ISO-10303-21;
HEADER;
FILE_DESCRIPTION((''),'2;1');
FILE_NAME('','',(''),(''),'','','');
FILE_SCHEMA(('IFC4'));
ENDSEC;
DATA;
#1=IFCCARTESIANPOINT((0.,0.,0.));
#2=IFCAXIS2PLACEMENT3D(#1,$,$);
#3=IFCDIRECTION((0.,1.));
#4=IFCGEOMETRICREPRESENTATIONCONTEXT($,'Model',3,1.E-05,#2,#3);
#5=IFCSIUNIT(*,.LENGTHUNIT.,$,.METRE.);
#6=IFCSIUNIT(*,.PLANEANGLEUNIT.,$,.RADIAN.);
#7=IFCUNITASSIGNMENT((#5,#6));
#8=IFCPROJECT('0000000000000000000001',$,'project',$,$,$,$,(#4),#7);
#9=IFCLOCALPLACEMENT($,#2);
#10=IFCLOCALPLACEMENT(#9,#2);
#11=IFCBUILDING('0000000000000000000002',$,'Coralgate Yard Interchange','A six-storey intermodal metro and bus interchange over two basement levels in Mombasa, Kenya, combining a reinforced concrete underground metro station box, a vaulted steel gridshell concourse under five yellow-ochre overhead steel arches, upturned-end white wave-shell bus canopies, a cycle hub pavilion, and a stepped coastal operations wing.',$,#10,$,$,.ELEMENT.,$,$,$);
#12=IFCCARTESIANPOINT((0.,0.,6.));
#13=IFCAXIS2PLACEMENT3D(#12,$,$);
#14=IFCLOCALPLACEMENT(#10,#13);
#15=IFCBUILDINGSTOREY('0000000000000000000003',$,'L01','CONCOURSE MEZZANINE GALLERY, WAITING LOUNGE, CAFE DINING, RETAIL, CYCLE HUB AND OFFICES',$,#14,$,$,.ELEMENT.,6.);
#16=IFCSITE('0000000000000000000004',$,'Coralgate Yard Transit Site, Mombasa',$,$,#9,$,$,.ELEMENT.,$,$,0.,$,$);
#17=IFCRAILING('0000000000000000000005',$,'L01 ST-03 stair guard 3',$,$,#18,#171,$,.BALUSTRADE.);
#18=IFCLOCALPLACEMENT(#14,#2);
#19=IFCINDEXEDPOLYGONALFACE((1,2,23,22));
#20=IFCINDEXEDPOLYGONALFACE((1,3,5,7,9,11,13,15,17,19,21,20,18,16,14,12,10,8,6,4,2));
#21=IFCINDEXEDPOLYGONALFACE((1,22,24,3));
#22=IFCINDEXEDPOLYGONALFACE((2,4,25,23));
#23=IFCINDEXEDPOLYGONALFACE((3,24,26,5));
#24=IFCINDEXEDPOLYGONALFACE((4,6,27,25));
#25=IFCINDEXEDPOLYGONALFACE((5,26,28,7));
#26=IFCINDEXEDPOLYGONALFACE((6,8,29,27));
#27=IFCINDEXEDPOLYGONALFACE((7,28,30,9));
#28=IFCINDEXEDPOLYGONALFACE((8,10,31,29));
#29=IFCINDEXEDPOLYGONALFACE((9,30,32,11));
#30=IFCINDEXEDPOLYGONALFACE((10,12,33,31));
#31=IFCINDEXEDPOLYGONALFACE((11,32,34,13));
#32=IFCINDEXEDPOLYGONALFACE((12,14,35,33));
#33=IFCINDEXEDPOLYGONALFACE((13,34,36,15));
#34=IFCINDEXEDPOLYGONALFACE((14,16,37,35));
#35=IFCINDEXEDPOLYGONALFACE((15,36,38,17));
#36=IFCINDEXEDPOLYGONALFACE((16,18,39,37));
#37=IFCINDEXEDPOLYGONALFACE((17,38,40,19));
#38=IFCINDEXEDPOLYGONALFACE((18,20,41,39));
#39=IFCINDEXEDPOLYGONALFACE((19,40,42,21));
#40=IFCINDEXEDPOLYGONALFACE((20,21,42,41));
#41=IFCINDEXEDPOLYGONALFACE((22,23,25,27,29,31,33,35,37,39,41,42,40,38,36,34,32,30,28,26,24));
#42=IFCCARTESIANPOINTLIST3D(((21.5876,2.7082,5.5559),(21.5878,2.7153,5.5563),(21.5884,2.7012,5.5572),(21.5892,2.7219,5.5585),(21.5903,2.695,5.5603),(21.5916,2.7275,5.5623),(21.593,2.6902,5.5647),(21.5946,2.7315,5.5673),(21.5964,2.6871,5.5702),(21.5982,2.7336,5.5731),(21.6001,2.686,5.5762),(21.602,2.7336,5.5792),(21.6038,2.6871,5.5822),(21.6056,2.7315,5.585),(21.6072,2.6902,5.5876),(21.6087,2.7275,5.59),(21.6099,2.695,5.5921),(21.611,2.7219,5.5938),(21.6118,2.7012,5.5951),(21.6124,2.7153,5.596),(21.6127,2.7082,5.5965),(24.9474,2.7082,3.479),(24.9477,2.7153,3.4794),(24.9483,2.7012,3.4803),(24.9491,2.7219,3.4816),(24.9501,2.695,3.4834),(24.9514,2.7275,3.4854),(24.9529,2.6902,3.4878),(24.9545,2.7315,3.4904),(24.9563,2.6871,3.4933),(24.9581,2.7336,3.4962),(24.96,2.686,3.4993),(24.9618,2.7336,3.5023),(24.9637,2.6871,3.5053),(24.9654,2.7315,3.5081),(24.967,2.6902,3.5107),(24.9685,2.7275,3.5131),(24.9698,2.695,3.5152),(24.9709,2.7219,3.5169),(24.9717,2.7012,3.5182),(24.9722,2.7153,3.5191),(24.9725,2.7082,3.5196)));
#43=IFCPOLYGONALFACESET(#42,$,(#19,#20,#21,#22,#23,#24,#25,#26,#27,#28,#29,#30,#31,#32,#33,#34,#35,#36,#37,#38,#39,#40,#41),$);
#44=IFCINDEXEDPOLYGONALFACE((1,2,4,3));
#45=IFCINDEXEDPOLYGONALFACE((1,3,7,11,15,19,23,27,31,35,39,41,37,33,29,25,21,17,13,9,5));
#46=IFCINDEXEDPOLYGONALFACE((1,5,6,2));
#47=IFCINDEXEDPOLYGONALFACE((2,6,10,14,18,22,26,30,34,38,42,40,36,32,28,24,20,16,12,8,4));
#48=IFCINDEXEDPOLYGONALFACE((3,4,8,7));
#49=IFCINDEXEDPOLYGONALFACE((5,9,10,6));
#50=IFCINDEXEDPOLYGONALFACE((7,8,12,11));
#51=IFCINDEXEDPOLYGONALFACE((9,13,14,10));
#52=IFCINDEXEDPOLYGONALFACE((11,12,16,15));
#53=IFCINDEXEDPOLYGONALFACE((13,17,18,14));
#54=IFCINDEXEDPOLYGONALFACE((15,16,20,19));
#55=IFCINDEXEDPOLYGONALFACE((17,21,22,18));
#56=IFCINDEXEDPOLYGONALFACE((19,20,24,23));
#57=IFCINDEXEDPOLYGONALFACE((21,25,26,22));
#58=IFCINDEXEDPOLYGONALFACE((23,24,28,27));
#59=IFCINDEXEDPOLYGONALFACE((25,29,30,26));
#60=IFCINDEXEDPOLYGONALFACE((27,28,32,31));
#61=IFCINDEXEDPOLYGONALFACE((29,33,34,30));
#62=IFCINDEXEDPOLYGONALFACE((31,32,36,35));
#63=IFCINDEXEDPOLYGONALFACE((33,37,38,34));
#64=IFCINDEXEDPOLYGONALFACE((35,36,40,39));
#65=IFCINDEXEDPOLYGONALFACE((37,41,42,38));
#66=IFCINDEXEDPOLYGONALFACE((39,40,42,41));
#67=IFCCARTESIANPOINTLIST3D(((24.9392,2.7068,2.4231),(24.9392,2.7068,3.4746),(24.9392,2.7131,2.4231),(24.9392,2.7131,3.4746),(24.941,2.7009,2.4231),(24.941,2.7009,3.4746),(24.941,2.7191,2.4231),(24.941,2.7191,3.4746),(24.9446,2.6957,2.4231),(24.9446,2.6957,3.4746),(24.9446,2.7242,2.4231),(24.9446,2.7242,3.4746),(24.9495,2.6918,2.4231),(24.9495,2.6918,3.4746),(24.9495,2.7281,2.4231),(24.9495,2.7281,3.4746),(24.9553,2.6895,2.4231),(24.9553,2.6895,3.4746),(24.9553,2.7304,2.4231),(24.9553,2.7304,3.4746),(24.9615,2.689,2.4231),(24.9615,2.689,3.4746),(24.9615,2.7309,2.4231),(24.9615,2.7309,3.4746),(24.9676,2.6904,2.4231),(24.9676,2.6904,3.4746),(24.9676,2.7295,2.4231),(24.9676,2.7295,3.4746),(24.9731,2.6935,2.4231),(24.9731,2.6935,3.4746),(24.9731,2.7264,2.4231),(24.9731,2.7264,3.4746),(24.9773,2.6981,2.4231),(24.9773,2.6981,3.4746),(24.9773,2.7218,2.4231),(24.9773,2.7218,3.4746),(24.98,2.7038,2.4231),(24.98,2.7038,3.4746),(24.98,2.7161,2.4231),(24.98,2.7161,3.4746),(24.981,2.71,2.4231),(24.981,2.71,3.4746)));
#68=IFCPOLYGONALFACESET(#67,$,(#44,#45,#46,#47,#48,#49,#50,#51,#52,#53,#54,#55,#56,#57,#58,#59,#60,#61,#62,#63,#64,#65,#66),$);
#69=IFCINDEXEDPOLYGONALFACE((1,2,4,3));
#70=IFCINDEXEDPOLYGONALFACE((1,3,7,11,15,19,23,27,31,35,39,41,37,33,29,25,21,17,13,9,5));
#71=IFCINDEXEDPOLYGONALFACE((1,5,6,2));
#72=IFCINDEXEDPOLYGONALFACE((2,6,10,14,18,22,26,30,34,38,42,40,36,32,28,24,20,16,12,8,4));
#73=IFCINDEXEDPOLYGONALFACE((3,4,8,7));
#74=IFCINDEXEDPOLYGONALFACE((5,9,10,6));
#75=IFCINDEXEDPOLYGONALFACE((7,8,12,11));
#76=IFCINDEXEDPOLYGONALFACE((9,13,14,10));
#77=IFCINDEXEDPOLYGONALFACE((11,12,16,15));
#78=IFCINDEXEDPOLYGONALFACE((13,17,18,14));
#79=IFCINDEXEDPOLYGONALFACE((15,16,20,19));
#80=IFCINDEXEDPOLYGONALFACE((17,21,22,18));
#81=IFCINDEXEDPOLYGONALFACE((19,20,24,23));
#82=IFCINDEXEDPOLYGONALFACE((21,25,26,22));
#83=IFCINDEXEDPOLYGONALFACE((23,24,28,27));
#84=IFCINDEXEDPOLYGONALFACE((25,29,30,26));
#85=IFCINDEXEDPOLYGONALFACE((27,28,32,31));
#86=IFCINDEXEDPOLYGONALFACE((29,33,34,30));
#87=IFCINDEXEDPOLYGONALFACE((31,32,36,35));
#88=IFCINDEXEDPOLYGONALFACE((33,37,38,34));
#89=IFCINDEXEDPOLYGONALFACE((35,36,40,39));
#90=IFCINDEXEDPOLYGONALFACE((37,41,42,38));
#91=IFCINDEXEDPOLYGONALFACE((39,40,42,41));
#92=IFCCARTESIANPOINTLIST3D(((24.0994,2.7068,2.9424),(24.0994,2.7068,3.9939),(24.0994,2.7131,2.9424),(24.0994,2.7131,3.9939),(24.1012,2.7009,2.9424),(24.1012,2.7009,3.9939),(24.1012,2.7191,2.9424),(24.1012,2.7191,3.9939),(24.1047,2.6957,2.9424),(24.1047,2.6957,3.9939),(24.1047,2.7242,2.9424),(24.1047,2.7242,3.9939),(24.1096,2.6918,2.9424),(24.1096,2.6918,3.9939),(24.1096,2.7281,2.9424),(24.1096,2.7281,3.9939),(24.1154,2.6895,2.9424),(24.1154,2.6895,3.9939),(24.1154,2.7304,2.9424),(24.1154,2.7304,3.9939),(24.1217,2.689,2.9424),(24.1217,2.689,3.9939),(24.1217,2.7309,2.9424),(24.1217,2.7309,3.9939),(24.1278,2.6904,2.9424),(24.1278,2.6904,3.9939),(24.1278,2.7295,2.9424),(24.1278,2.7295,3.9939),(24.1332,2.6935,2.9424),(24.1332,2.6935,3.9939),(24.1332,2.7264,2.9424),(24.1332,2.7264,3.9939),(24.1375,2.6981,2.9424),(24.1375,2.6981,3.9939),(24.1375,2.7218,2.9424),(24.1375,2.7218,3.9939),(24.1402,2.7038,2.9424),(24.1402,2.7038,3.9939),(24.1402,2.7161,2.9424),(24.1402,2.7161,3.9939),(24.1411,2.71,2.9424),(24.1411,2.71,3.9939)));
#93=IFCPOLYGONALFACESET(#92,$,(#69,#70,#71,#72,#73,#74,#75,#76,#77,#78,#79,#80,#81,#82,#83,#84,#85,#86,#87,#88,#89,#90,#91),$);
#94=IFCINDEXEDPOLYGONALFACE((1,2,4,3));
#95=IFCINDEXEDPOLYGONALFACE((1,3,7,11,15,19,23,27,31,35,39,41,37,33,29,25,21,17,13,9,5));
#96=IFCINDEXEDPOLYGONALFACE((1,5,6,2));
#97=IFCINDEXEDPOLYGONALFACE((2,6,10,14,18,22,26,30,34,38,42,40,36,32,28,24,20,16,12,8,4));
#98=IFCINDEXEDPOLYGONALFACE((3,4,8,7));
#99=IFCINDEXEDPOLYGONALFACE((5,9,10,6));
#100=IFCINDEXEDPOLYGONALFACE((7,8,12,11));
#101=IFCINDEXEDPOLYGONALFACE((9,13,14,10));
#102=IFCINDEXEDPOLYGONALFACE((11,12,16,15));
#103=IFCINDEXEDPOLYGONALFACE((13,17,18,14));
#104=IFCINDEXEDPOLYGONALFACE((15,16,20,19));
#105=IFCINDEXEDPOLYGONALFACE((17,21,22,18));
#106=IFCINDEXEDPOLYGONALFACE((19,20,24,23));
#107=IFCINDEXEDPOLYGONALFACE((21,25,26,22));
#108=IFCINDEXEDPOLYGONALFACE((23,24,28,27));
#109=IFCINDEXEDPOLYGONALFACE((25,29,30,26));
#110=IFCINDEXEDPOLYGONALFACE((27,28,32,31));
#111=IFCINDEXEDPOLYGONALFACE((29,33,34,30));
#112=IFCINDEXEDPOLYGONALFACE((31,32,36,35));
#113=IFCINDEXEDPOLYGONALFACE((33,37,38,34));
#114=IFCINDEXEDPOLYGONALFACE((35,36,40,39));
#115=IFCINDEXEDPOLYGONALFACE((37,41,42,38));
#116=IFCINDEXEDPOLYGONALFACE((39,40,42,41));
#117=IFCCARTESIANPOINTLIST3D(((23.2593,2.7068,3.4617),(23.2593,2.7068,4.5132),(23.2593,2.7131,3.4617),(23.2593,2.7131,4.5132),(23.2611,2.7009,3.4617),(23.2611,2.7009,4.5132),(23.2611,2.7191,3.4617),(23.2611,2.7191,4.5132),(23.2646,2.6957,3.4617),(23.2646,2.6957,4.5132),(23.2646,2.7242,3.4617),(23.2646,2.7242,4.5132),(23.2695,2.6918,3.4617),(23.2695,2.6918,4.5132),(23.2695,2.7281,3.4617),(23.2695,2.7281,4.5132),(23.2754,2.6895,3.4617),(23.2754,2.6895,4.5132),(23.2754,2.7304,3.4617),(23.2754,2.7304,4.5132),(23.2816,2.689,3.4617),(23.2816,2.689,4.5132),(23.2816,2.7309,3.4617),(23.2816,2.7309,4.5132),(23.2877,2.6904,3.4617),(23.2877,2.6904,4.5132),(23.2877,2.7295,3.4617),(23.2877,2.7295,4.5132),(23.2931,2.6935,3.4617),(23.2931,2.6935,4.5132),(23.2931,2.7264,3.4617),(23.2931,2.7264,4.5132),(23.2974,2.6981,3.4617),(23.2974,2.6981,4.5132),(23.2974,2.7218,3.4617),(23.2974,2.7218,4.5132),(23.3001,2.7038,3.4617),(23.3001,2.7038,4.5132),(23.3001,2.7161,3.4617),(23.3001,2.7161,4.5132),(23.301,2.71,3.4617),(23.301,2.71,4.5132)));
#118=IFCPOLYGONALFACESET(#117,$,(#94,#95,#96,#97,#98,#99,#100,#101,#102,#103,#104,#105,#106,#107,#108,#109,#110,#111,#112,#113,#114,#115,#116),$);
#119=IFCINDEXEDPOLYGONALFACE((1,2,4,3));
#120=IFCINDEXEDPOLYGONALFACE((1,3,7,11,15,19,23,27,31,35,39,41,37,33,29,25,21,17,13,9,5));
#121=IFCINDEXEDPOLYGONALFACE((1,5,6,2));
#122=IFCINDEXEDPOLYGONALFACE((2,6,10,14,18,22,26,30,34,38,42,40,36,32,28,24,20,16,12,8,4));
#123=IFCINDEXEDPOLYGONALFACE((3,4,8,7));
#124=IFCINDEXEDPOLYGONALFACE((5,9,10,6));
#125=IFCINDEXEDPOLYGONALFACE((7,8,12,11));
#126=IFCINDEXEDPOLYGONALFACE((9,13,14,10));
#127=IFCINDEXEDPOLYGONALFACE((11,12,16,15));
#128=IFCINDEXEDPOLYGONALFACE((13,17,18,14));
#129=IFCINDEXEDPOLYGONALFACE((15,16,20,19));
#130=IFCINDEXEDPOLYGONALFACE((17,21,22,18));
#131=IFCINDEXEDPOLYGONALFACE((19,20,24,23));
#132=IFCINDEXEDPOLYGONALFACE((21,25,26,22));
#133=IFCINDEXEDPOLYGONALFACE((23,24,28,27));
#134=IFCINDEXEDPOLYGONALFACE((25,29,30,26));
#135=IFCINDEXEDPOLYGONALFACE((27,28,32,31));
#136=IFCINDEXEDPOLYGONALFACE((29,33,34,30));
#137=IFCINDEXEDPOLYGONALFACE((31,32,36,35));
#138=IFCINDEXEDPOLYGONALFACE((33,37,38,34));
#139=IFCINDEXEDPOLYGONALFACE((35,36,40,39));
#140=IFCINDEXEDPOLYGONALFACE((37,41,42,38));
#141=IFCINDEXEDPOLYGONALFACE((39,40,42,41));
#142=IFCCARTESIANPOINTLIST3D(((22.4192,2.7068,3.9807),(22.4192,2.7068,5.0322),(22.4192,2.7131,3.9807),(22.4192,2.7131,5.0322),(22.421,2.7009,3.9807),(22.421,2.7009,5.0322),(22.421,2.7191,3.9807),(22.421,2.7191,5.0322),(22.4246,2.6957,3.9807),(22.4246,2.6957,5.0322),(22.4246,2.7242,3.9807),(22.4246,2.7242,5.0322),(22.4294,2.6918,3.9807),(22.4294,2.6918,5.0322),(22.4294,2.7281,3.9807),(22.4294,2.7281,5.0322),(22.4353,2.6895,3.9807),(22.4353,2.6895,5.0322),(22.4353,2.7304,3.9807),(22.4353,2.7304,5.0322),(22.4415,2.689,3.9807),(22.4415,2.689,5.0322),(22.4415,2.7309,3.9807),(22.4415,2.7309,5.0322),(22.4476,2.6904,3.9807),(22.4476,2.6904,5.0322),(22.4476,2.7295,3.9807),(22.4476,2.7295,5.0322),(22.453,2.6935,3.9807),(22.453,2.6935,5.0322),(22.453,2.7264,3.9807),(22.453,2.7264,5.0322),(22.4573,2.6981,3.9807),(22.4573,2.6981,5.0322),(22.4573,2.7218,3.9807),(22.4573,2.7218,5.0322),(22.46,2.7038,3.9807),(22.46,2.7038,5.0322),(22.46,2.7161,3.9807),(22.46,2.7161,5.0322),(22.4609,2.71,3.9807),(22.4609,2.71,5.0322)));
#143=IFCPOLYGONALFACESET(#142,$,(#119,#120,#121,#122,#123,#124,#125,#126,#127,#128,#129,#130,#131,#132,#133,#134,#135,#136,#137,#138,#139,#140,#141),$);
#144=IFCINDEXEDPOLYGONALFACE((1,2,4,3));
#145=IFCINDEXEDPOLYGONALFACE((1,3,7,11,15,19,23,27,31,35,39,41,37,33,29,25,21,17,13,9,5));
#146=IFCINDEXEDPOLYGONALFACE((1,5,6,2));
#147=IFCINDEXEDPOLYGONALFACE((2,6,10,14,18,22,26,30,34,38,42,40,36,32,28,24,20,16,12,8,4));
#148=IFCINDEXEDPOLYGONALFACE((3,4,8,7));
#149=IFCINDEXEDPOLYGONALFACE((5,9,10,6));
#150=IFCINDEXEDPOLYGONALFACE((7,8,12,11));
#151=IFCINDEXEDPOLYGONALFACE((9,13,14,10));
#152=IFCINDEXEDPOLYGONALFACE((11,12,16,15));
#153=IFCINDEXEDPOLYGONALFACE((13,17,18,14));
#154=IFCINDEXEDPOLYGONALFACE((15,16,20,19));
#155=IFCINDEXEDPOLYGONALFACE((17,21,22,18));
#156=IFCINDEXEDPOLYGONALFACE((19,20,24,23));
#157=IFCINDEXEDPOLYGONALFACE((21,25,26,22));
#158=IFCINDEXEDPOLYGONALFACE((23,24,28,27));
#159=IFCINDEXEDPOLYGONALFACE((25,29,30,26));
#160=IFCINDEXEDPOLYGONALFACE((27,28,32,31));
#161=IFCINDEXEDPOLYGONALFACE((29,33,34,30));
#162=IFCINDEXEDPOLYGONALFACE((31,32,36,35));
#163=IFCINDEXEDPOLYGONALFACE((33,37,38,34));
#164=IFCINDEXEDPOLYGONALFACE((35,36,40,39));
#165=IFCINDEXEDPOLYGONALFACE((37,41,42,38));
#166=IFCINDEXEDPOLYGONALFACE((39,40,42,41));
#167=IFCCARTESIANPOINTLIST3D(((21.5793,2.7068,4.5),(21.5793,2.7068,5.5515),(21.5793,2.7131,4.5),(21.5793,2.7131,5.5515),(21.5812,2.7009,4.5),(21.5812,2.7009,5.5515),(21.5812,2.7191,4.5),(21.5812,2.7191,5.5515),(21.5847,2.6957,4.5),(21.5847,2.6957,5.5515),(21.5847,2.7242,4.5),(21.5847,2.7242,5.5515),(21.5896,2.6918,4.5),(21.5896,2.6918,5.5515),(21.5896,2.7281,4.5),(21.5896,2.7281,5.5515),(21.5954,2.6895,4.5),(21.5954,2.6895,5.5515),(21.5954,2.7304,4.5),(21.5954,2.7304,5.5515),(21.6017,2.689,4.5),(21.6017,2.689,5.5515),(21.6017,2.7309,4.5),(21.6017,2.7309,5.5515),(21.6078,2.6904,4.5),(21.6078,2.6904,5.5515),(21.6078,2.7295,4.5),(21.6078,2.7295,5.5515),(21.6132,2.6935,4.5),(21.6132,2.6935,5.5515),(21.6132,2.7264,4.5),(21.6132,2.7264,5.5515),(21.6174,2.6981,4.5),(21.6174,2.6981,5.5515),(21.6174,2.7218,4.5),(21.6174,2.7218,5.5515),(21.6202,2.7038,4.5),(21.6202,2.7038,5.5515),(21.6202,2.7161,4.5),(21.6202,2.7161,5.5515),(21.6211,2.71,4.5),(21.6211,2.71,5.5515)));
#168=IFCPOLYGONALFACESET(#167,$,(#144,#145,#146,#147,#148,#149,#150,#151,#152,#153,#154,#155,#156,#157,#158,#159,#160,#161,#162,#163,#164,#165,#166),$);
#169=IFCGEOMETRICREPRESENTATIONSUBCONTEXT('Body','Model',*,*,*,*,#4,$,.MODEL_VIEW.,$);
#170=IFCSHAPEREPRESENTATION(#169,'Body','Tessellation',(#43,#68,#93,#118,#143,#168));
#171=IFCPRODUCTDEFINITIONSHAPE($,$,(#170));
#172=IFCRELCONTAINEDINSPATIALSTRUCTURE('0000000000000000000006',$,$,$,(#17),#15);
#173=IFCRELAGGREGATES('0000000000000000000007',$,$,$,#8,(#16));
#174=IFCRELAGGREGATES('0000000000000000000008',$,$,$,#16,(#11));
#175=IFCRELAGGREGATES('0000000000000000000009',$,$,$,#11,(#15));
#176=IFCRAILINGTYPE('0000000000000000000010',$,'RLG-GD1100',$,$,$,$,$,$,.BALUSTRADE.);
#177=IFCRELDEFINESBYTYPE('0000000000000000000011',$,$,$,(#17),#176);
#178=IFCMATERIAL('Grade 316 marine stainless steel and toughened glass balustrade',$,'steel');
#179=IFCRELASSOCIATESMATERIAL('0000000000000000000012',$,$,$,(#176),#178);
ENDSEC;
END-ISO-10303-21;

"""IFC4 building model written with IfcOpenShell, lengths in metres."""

from ifc_helpers import new_model, si_unit, direction, frame, origin, origin_2d, place, context, subcontext, project, spatial, circle, extrude, material, type_object, element, save


model = new_model("IFC4")

# Units and contexts
model_context = context("Model", 3, precision=1e-05, world=origin(), true_north=direction((0.0, 1.0)))
body_context = subcontext(model_context, "Body", "Model", "MODEL_VIEW")
ifc_project = project(units=[si_unit("LENGTHUNIT", "METRE"), si_unit("PLANEANGLEUNIT", "RADIAN")], contexts=[model_context])

# Site, building, storey
site_placement = place(None, origin())
site = spatial("IfcSite", under=ifc_project, at=site_placement, Name="Coralgate Yard Transit Site, Mombasa", CompositionType="ELEMENT", RefElevation=0.0)
building_placement = place(site_placement, origin())
building = spatial("IfcBuilding", under=site, at=building_placement, Name="Coralgate Yard Interchange", Description="A six-storey intermodal metro and bus interchange over two basement levels in Mombasa, Kenya, combining a reinforced concrete underground metro station box, a vaulted steel gridshell concourse under five yellow-ochre overhead steel arches, upturned-end white wave-shell bus canopies, a cycle hub pavilion, and a stepped coastal operations wing.", CompositionType="ELEMENT")
storey_placement = place(building_placement, frame((0.0, 0.0, 6.0)))
storey = spatial("IfcBuildingStorey", under=building, at=storey_placement, Name="L01", Description="CONCOURSE MEZZANINE GALLERY, WAITING LOUNGE, CAFE DINING, RETAIL, CYCLE HUB AND OFFICES", CompositionType="ELEMENT", Elevation=6.0)

# Railing
ifc_material_1 = material(Name="Grade 316 marine stainless steel and toughened glass balustrade", Category="steel")
railing_type_1 = type_object("IfcRailingType", Name="RLG-GD1100", PredefinedType="BALUSTRADE", material=ifc_material_1)
railing_1_placement = place(storey_placement, frame((24.96, 2.71, 2.4231)))
element("IfcRailing", 1, at=railing_1_placement, inside=storey, type_object=railing_type_1, Name="L01 ST-03 stair guard 3", PredefinedType="BALUSTRADE", context=body_context, shape_type="SweptSolid", body=[
    extrude(circle(Radius=0.0239, at=origin_2d()), frame((0.0, 0.0, 1.0762), z_axis=(-0.850606, 0.0, 0.525803), x_axis=(0.0, -1.0, 0.0)), (0.0, 0.0, 1.0), 3.95),
    extrude(circle(Radius=0.021, at=origin_2d()), origin(), (0.0, 0.0, 1.0), 1.0515),
    extrude(circle(Radius=0.021, at=origin_2d()), frame((-0.8398, 0.0, 0.5193)), (0.0, 0.0, 1.0), 1.0515),
    extrude(circle(Radius=0.021, at=origin_2d()), frame((-1.6799, 0.0, 1.0386)), (0.0, 0.0, 1.0), 1.0515),
    extrude(circle(Radius=0.021, at=origin_2d()), frame((-2.52, 0.0, 1.5576)), (0.0, 0.0, 1.0), 1.0515),
    extrude(circle(Radius=0.021, at=origin_2d()), frame((-3.3599, 0.0, 2.0769)), (0.0, 0.0, 1.0), 1.0515),
])

save(model, "model.ifc")
